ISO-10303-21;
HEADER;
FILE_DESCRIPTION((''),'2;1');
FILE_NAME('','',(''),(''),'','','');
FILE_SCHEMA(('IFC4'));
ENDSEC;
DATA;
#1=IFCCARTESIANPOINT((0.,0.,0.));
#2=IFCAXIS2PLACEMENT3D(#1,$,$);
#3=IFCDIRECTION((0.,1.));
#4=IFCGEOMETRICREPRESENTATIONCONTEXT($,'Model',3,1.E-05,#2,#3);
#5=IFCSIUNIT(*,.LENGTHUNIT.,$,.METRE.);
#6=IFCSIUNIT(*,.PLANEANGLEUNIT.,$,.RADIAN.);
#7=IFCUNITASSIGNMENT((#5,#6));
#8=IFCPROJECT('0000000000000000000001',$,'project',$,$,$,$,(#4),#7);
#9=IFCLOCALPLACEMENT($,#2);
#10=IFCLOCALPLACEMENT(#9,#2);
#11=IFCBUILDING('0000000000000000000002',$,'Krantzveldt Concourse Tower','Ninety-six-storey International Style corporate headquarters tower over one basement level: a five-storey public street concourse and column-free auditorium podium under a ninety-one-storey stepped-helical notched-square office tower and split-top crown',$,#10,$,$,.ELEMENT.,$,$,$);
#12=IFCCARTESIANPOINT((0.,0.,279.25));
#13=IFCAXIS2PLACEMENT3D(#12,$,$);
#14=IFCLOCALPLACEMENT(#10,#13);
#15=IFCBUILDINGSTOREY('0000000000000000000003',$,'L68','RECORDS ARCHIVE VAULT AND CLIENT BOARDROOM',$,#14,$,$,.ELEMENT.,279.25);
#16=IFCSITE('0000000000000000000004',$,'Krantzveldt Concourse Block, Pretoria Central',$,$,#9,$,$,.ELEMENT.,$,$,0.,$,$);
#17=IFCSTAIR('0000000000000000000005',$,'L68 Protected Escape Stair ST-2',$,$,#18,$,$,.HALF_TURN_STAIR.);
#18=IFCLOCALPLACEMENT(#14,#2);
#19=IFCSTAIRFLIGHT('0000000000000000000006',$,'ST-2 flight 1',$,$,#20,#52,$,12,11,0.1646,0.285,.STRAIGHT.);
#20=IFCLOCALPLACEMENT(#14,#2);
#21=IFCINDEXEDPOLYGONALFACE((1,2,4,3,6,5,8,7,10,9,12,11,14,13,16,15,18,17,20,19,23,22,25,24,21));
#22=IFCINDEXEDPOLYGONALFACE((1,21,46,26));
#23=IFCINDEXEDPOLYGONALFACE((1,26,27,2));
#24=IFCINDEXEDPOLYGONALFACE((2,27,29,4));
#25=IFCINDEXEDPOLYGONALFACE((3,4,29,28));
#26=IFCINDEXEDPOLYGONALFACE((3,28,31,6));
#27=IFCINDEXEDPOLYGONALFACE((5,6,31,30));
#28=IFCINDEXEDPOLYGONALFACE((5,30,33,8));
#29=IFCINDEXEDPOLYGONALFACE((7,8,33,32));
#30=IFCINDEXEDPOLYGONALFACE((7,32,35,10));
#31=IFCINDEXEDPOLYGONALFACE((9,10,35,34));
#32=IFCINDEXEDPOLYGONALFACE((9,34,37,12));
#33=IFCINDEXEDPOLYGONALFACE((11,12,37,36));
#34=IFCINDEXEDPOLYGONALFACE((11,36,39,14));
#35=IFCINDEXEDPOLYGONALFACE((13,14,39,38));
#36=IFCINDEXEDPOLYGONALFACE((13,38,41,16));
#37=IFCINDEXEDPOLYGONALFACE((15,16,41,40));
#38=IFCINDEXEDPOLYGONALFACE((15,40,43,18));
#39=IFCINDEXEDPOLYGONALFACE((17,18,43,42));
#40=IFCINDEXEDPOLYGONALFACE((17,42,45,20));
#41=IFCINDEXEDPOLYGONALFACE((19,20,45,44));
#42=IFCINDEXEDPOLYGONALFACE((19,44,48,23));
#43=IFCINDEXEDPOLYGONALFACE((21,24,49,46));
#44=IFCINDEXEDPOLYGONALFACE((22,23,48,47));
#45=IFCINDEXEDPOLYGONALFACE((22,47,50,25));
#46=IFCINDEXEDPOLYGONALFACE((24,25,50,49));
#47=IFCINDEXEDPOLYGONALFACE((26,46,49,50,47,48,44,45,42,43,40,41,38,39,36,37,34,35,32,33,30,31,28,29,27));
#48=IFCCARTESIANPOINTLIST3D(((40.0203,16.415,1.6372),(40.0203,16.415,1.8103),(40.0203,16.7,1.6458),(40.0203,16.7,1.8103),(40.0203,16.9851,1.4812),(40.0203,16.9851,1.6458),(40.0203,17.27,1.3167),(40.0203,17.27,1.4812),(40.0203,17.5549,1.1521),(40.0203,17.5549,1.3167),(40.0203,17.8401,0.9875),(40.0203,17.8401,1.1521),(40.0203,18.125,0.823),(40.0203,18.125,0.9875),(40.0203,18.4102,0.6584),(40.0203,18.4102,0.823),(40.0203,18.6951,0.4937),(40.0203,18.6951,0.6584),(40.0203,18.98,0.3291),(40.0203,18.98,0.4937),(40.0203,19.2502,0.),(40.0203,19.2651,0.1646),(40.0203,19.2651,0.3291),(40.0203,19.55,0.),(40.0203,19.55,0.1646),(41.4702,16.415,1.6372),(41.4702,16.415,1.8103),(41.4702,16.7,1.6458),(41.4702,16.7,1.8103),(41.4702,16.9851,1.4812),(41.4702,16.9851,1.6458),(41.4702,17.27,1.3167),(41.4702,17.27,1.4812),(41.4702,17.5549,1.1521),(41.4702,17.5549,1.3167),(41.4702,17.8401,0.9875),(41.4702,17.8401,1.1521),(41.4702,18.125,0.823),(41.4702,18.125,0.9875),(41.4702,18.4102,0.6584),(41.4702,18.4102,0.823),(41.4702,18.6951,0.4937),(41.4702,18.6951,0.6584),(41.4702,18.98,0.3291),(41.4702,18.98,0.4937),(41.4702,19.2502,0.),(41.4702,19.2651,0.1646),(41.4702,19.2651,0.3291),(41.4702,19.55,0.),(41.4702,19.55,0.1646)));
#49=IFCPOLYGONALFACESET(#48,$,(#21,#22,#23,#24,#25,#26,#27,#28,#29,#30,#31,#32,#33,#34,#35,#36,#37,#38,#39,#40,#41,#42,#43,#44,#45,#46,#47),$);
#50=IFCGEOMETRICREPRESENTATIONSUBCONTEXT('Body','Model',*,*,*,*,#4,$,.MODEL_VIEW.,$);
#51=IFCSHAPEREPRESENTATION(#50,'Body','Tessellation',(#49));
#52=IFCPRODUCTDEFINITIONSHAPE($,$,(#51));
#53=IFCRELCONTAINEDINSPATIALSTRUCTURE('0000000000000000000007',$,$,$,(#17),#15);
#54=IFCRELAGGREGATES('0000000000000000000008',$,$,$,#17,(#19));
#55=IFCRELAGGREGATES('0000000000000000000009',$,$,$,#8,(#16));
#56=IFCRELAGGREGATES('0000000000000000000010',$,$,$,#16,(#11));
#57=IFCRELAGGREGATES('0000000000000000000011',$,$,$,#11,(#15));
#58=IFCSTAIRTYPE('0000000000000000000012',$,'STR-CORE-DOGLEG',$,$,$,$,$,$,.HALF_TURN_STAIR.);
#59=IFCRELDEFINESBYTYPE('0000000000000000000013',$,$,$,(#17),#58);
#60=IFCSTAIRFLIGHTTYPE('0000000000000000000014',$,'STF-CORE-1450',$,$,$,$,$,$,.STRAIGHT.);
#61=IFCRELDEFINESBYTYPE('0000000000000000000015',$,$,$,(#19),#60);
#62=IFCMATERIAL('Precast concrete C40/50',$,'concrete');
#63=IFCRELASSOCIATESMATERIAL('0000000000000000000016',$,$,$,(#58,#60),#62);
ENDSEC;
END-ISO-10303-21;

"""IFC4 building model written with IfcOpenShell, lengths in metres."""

from ifc_helpers import new_model, si_unit, direction, frame, origin, place, context, subcontext, project, spatial, polyline, outline, extrude, material, type_object, element, aggregate, save


model = new_model("IFC4")

# Units and contexts
model_context = context("Model", 3, precision=1e-05, world=origin(), true_north=direction((0.0, 1.0)))
body_context = subcontext(model_context, "Body", "Model", "MODEL_VIEW")
ifc_project = project(units=[si_unit("LENGTHUNIT", "METRE"), si_unit("PLANEANGLEUNIT", "RADIAN")], contexts=[model_context])

# Site, building, storey
site_placement = place(None, origin())
site = spatial("IfcSite", under=ifc_project, at=site_placement, Name="Krantzveldt Concourse Block, Pretoria Central", CompositionType="ELEMENT", RefElevation=0.0)
building_placement = place(site_placement, origin())
building = spatial("IfcBuilding", under=site, at=building_placement, Name="Krantzveldt Concourse Tower", Description="Ninety-six-storey International Style corporate headquarters tower over one basement level: a five-storey public street concourse and column-free auditorium podium under a ninety-one-storey stepped-helical notched-square office tower and split-top crown", CompositionType="ELEMENT")
storey_placement = place(building_placement, frame((0.0, 0.0, 279.25)))
storey = spatial("IfcBuildingStorey", under=building, at=storey_placement, Name="L68", Description="RECORDS ARCHIVE VAULT AND CLIENT BOARDROOM", CompositionType="ELEMENT", Elevation=279.25)

# Stair, stair flight
ifc_material_1 = material(Name="Precast concrete C40/50", Category="concrete")
stair_type = type_object("IfcStairType", Name="STR-CORE-DOGLEG", PredefinedType="HALF_TURN_STAIR", material=ifc_material_1)
stair_placement = place(storey_placement, origin())
stair = element("IfcStair", 1, at=stair_placement, inside=storey, type_object=stair_type, Name="L68 Protected Escape Stair ST-2", PredefinedType="HALF_TURN_STAIR")
stair_flight_type = type_object("IfcStairFlightType", Name="STF-CORE-1450", PredefinedType="STRAIGHT", material=ifc_material_1)
stair_flight_placement = place(storey_placement, frame((40.7451, 19.55, 0.0), z_axis=(0.0, 0.0, 1.0), x_axis=(0.0, -1.0, 0.0)))
stair_flight = element("IfcStairFlight", 2, at=stair_flight_placement, type_object=stair_flight_type, Name="ST-2 flight 1", NumberOfRisers=12, NumberOfTreads=11, PredefinedType="STRAIGHT", RiserHeight=0.1646, TreadLength=0.285, context=body_context, shape_type="SweptSolid", body=[
    extrude(outline(polyline([(0.0, 0.0), (0.0, 0.1646), (0.2849, 0.1646), (0.2849, 0.3291), (0.5701, 0.3291), (0.5701, 0.4937), (0.855, 0.4937), (0.855, 0.6584), (1.1399, 0.6584), (1.1399, 0.823), (1.425, 0.823), (1.425, 0.9875), (1.71, 0.9875), (1.71, 1.1521), (1.9951, 1.1521), (1.9951, 1.3167), (2.28, 1.3167), (2.28, 1.4812), (2.5649, 1.4812), (2.5649, 1.6458), (2.8501, 1.6458), (2.8501, 1.8103), (3.135, 1.8103), (3.135, 1.9751), (3.135, 1.6372), (0.2998, 0.0), (0.0, 0.0)])), frame((0.0, 0.7251, 0.0), z_axis=(0.0, -1.0, 0.0), x_axis=(1.0, 0.0, 0.0)), (0.0, 0.0, 1.0), 1.45),
])
aggregate(stair, [stair_flight])

save(model, "model.ifc")
